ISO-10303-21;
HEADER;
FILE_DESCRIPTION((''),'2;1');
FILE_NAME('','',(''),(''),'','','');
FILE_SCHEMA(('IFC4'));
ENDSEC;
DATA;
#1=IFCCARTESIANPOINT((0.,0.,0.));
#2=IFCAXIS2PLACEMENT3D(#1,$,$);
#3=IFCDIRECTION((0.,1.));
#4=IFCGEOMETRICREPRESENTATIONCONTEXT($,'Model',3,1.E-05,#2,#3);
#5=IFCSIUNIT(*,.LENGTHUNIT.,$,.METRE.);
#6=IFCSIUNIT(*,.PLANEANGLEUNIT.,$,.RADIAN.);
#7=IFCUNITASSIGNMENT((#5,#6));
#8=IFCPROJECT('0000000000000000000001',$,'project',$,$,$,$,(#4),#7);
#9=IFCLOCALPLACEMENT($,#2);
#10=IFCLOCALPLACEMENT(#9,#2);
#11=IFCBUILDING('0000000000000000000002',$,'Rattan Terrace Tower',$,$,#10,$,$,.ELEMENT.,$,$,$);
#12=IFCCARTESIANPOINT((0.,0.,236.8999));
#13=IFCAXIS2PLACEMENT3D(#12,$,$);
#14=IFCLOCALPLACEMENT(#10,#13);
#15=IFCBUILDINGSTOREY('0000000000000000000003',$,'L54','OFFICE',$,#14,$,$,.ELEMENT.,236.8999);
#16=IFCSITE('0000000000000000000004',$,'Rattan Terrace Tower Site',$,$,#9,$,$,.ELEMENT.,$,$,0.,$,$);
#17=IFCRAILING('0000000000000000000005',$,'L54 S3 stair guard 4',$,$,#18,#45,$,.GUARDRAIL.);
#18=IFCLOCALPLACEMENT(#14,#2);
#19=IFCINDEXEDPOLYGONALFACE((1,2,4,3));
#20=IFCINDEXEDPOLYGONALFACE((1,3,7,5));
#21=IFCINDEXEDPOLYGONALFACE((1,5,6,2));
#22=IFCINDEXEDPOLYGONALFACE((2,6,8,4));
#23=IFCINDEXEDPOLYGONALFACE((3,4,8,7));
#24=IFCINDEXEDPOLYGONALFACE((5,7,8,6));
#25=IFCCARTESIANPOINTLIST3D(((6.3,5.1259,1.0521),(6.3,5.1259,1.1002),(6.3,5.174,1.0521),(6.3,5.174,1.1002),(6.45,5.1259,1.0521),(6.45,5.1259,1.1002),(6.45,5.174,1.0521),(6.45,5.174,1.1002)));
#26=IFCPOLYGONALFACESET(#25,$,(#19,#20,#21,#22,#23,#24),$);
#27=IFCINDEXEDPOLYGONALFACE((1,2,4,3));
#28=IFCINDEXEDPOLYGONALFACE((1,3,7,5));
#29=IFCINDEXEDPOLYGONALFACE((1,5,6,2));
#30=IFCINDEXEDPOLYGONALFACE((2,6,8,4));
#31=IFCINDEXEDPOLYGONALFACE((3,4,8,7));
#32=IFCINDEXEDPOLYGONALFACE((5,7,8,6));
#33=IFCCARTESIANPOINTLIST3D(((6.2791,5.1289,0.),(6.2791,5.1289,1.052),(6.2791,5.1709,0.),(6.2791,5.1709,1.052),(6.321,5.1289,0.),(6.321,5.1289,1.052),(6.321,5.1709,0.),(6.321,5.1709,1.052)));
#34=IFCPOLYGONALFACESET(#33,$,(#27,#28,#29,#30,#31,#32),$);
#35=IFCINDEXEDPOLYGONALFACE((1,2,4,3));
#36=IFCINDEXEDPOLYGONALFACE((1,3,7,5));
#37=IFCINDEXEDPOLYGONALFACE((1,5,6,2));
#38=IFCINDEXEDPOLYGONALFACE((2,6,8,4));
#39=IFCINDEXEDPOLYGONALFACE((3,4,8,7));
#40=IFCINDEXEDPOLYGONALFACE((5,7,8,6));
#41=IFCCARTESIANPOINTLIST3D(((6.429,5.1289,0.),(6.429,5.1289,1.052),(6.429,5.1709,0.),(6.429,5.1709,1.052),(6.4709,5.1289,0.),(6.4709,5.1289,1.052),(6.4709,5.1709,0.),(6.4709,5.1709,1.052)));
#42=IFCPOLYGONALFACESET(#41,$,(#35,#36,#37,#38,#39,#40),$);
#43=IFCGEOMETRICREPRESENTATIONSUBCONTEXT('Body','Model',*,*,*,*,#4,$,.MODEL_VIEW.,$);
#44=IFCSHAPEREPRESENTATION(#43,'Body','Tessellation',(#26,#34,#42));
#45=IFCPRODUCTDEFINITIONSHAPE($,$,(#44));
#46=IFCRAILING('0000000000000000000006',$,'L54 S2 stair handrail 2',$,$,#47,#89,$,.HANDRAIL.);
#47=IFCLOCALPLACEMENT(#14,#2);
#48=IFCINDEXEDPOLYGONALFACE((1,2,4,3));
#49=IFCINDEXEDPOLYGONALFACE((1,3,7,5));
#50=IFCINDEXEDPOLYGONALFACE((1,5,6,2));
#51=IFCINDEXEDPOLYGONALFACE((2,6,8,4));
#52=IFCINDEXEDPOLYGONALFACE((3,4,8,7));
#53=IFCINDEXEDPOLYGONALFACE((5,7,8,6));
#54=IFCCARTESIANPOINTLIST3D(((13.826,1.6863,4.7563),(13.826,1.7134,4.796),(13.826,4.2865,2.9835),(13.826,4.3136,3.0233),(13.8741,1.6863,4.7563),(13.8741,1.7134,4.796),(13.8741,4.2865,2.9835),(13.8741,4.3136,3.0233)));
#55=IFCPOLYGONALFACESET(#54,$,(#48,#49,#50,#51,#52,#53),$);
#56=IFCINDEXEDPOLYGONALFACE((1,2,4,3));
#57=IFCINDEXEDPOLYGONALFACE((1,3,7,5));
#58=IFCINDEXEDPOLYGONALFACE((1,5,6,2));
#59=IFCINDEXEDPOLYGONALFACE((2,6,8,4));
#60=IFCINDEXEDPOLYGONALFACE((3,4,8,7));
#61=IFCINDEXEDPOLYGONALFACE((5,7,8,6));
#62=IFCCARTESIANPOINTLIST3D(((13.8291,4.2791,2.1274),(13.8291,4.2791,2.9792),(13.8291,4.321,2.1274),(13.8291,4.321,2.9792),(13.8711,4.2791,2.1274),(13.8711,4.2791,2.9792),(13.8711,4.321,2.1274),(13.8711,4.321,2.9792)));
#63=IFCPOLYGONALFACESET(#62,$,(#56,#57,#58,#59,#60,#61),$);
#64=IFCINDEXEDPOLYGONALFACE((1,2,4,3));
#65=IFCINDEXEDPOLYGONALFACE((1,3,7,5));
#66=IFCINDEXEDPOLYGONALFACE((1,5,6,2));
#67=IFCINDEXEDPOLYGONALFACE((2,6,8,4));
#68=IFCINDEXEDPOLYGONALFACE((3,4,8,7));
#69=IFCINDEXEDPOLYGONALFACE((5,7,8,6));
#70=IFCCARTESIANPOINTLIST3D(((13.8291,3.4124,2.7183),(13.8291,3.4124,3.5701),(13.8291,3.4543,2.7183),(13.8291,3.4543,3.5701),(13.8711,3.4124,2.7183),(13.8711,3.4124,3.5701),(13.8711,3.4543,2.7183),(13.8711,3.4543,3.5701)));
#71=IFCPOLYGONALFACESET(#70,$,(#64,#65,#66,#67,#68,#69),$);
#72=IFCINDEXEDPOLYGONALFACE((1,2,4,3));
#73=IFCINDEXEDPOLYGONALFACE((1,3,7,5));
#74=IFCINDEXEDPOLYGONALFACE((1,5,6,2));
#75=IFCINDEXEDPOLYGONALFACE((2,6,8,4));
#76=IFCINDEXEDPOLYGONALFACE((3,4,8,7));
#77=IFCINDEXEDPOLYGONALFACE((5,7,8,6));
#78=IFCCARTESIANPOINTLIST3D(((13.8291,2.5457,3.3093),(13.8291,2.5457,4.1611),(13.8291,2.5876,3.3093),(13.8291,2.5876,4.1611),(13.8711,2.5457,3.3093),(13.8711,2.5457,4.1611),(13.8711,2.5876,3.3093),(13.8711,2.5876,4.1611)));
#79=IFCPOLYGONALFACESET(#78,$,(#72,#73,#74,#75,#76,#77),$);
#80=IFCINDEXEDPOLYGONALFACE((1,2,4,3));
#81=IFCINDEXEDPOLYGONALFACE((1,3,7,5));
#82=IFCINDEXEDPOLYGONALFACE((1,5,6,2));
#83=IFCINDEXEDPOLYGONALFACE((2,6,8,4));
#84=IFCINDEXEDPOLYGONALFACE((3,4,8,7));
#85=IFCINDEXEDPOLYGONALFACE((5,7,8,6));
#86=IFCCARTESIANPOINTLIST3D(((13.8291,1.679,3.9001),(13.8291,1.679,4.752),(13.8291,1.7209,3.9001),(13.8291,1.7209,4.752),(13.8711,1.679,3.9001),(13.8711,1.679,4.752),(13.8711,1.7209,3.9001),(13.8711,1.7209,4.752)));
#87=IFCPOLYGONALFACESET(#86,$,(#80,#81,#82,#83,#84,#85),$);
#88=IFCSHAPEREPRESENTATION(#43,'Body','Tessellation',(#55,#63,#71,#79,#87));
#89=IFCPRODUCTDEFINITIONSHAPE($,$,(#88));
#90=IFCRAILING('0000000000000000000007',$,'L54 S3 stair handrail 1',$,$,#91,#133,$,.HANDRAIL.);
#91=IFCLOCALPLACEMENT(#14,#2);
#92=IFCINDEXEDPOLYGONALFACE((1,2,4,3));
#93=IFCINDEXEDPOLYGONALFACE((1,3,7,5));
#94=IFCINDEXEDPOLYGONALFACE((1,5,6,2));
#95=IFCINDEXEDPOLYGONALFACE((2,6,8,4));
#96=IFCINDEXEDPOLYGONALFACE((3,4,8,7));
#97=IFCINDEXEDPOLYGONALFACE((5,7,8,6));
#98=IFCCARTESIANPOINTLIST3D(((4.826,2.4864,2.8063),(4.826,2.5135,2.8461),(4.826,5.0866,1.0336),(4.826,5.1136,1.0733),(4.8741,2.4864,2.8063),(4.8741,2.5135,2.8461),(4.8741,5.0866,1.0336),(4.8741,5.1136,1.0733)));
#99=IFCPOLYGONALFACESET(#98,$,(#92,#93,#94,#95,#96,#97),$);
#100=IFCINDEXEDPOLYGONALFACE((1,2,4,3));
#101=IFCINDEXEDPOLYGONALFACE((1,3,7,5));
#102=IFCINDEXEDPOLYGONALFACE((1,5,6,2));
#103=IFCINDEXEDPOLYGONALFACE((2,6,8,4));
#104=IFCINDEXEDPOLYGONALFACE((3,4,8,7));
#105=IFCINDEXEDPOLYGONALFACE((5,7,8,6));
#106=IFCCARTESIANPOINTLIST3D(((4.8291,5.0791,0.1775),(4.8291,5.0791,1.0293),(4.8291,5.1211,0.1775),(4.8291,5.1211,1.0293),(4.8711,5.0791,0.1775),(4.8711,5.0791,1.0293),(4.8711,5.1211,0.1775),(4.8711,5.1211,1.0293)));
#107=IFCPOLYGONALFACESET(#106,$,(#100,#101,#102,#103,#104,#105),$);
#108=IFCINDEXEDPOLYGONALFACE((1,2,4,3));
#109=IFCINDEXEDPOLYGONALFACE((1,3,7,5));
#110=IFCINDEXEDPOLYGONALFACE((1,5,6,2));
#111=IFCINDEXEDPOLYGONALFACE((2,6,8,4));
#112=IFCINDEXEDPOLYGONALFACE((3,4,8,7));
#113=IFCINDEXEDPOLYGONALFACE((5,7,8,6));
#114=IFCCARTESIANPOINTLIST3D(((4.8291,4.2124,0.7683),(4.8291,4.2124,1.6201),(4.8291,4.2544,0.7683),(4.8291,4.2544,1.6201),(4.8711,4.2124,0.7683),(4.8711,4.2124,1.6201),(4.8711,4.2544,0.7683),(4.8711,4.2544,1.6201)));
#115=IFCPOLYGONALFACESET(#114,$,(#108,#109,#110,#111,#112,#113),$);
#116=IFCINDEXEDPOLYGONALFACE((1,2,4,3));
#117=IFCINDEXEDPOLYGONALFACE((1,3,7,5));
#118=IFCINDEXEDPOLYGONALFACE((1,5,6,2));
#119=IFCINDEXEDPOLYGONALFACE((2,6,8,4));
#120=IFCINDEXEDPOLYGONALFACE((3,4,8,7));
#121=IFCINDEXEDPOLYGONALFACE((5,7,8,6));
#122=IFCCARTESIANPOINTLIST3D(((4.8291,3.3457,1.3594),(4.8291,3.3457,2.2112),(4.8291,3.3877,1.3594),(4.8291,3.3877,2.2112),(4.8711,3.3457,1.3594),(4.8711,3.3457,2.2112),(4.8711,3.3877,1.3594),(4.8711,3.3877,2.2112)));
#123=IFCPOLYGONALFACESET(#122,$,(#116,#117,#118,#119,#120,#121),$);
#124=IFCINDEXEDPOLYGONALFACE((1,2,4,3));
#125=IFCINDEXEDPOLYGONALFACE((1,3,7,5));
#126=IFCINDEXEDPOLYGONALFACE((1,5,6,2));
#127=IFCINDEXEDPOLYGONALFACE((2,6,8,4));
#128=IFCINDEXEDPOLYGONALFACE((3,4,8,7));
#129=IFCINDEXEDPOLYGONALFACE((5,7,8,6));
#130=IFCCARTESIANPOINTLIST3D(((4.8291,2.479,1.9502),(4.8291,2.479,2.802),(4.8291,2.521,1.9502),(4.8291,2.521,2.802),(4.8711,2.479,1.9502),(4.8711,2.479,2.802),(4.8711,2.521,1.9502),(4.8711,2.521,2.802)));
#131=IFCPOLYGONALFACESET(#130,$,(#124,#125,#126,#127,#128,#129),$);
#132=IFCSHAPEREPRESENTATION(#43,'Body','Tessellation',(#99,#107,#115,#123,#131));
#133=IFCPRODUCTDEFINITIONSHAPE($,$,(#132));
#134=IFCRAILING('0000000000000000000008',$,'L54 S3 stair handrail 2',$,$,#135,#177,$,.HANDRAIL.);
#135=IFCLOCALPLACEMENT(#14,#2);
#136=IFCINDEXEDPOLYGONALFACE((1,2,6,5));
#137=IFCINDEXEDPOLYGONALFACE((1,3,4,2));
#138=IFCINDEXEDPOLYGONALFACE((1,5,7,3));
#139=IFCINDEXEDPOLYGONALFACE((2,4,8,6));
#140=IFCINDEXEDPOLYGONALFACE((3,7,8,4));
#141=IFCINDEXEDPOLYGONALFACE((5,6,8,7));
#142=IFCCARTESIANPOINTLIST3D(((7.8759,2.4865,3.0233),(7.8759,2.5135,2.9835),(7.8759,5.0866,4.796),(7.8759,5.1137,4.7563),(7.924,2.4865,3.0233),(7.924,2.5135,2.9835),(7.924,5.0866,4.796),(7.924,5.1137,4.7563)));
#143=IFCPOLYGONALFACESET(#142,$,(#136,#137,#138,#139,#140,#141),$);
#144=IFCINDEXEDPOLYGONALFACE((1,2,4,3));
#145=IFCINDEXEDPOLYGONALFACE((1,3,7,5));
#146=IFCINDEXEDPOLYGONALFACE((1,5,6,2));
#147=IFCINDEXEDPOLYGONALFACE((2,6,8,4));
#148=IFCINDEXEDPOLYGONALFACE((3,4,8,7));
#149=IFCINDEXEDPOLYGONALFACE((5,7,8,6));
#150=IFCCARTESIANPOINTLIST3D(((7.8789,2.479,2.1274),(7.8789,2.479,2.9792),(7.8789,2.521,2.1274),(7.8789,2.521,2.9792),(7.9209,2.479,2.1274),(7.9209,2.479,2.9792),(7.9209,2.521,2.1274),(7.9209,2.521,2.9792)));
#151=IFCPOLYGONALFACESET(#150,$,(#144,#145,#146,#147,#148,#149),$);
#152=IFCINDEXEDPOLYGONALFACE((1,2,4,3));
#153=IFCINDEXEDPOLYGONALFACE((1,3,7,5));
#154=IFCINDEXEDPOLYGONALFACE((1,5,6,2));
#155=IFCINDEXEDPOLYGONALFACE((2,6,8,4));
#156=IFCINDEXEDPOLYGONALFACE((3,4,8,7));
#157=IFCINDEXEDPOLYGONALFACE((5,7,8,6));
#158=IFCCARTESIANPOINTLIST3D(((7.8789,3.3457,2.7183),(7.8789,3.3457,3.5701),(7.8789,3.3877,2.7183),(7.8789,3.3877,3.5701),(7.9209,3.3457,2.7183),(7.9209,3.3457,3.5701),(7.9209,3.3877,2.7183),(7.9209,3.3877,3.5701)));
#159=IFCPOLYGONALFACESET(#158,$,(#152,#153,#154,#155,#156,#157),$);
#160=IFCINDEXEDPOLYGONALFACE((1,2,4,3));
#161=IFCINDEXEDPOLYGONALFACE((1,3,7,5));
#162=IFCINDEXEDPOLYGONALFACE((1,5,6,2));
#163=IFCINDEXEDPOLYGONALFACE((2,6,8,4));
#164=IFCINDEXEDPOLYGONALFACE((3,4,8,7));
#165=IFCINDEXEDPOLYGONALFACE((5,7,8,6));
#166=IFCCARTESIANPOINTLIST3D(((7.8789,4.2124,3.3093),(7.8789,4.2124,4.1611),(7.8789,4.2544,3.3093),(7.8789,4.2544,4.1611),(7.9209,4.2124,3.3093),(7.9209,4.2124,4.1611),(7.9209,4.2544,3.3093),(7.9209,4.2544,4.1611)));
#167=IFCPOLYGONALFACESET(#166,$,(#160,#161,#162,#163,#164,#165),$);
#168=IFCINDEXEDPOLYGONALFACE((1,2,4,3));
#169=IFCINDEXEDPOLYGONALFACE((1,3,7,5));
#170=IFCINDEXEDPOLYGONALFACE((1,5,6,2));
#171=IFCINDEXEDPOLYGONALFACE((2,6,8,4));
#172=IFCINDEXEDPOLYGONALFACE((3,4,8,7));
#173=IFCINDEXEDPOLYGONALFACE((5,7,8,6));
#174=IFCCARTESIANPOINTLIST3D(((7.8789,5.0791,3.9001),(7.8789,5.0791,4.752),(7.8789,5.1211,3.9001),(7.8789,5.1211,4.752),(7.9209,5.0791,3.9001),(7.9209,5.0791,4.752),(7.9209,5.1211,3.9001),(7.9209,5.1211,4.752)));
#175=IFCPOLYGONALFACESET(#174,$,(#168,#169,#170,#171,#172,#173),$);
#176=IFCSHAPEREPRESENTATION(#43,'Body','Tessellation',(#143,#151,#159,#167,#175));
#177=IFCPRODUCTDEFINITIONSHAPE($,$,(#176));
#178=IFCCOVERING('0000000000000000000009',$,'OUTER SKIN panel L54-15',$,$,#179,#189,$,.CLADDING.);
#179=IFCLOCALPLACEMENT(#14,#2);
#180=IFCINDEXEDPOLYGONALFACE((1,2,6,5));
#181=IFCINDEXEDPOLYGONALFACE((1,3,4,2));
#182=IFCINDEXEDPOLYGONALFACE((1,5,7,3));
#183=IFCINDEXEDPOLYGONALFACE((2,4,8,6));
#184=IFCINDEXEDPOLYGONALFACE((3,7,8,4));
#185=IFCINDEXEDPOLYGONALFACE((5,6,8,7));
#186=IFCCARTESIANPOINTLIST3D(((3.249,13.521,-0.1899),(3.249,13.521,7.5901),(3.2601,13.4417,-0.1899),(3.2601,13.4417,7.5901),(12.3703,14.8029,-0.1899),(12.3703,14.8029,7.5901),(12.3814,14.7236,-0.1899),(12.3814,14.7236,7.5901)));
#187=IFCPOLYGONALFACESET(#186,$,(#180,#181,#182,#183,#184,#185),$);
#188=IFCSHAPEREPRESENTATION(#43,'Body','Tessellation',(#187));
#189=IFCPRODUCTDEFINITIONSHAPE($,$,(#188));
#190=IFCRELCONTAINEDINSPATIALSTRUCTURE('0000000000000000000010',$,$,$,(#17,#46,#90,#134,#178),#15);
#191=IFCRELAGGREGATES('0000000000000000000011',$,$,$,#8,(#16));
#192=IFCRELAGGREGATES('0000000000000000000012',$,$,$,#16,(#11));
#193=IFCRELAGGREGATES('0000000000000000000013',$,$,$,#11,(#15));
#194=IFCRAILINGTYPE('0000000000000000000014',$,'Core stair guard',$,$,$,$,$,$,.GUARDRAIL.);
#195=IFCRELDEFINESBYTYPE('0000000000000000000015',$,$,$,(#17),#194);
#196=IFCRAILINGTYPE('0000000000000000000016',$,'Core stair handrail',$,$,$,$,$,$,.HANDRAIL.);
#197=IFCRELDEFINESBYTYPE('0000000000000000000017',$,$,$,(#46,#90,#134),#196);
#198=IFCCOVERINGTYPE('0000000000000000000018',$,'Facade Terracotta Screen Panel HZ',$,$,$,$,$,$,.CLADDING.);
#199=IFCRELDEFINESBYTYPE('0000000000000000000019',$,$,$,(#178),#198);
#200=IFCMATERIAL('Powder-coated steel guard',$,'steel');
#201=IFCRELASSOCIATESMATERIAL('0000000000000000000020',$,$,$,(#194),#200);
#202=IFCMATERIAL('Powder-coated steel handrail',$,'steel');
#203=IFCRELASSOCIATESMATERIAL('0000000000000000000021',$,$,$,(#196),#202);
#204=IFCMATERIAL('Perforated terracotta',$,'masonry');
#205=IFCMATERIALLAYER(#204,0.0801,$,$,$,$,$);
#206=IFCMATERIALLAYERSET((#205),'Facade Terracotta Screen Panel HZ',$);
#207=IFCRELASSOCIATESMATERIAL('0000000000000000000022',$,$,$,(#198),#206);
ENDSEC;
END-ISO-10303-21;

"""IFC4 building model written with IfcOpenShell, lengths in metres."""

from ifc_helpers import new_model, si_unit, direction, frame, origin, origin_2d, place, context, subcontext, project, spatial, rectangle, extrude, material, layer, layer_set, type_object, element, save


model = new_model("IFC4")

# Units and contexts
model_context = context("Model", 3, precision=1e-05, world=origin(), true_north=direction((0.0, 1.0)))
body_context = subcontext(model_context, "Body", "Model", "MODEL_VIEW")
ifc_project = project(units=[si_unit("LENGTHUNIT", "METRE"), si_unit("PLANEANGLEUNIT", "RADIAN")], contexts=[model_context])

# Site, building, storey
site_placement = place(None, origin())
site = spatial("IfcSite", under=ifc_project, at=site_placement, Name="Rattan Terrace Tower Site", CompositionType="ELEMENT", RefElevation=0.0)
building_placement = place(site_placement, origin())
building = spatial("IfcBuilding", under=site, at=building_placement, Name="Rattan Terrace Tower", CompositionType="ELEMENT")
storey_placement = place(building_placement, frame((0.0, 0.0, 236.8999)))
storey = spatial("IfcBuildingStorey", under=building, at=storey_placement, Name="L54", Description="OFFICE", CompositionType="ELEMENT", Elevation=236.8999)

# Railings
ifc_material_1 = material(Name="Powder-coated steel guard", Category="steel")
railing_type_1 = type_object("IfcRailingType", Name="Core stair guard", PredefinedType="GUARDRAIL", material=ifc_material_1)
railing_1_placement = place(storey_placement, frame((6.3, 5.1499, 0.0)))
element("IfcRailing", 1, at=railing_1_placement, inside=storey, type_object=railing_type_1, Name="L54 S3 stair guard 4", PredefinedType="GUARDRAIL", context=body_context, shape_type="SweptSolid", body=[
    extrude(rectangle(XDim=0.0481, YDim=0.0481, at=origin_2d()), frame((0.0, 0.0, 1.0762), z_axis=(1.0, 0.0, 0.0), x_axis=(0.0, 1.0, 0.0)), (0.0, 0.0, 1.0), 0.1499),
    extrude(rectangle(XDim=0.042, YDim=0.042, at=origin_2d()), origin(), (0.0, 0.0, 1.0), 1.052),
    extrude(rectangle(XDim=0.042, YDim=0.042, at=origin_2d()), frame((0.1499, 0.0, 0.0)), (0.0, 0.0, 1.0), 1.052),
])
ifc_material_2 = material(Name="Powder-coated steel handrail", Category="steel")
railing_type_2 = type_object("IfcRailingType", Name="Core stair handrail", PredefinedType="HANDRAIL", material=ifc_material_2)
for number, where, name in (
    (2, (13.8501, 4.3, 2.1274), "L54 S2 stair handrail 2"),
    (3, (4.8501, 5.1001, 0.1775), "L54 S3 stair handrail 1"),
):
    element("IfcRailing", number, at=place(storey_placement, frame(where)), inside=storey, type_object=railing_type_2, Name=name, PredefinedType="HANDRAIL", context=body_context, shape_type="SweptSolid", body=[
        extrude(rectangle(XDim=0.0481, YDim=0.0481, at=origin_2d()), frame((0.0, 0.0, 0.876), z_axis=(0.0, -0.82624, 0.563318), x_axis=(1.0, 0.0, 0.0)), (0.0, 0.0, 1.0), 3.147),
        extrude(rectangle(XDim=0.042, YDim=0.042, at=origin_2d()), origin(), (0.0, 0.0, 1.0), 0.8518),
        extrude(rectangle(XDim=0.042, YDim=0.042, at=origin_2d()), frame((0.0, -0.8667, 0.5908)), (0.0, 0.0, 1.0), 0.8518),
        extrude(rectangle(XDim=0.042, YDim=0.042, at=origin_2d()), frame((0.0, -1.7334, 1.1819)), (0.0, 0.0, 1.0), 0.8518),
        extrude(rectangle(XDim=0.042, YDim=0.042, at=origin_2d()), frame((0.0, -2.6001, 1.7727)), (0.0, 0.0, 1.0), 0.8518),
    ])
railing_2_placement = place(storey_placement, frame((7.8999, 2.5, 2.1274)))
element("IfcRailing", 4, at=railing_2_placement, inside=storey, type_object=railing_type_2, Name="L54 S3 stair handrail 2", PredefinedType="HANDRAIL", context=body_context, shape_type="SweptSolid", body=[
    extrude(rectangle(XDim=0.0481, YDim=0.0481, at=origin_2d()), frame((0.0, 0.0, 0.876), z_axis=(0.0, 0.82624, 0.563318), x_axis=(-1.0, 0.0, 0.0)), (0.0, 0.0, 1.0), 3.147),
    extrude(rectangle(XDim=0.042, YDim=0.042, at=origin_2d()), origin(), (0.0, 0.0, 1.0), 0.8518),
    extrude(rectangle(XDim=0.042, YDim=0.042, at=origin_2d()), frame((0.0, 0.8667, 0.5908)), (0.0, 0.0, 1.0), 0.8518),
    extrude(rectangle(XDim=0.042, YDim=0.042, at=origin_2d()), frame((0.0, 1.7334, 1.1819)), (0.0, 0.0, 1.0), 0.8518),
    extrude(rectangle(XDim=0.042, YDim=0.042, at=origin_2d()), frame((0.0, 2.6001, 1.7727)), (0.0, 0.0, 1.0), 0.8518),
])

# Covering
ifc_material_3 = material(Name="Perforated terracotta", Category="masonry")
ifc_layer_1 = layer(ifc_material_3, 0.0801)
ifc_layer_set_1 = layer_set([ifc_layer_1], Name="Facade Terracotta Screen Panel HZ")
covering_type = type_object("IfcCoveringType", Name="Facade Terracotta Screen Panel HZ", PredefinedType="CLADDING", material=ifc_layer_set_1)
covering_placement = place(storey_placement, frame((7.8152, 14.1223, -0.1899), z_axis=(0.0, 0.0, 1.0), x_axis=(-0.990267, -0.139177, 0.0)))
element("IfcCovering", 5, at=covering_placement, inside=storey, type_object=covering_type, Name="OUTER SKIN panel L54-15", PredefinedType="CLADDING", context=body_context, shape_type="SweptSolid", body=[
    extrude(rectangle(XDim=9.2109, YDim=0.0801, at=origin_2d()), origin(), (0.0, 0.0, 1.0), 7.78),
])

save(model, "model.ifc")
